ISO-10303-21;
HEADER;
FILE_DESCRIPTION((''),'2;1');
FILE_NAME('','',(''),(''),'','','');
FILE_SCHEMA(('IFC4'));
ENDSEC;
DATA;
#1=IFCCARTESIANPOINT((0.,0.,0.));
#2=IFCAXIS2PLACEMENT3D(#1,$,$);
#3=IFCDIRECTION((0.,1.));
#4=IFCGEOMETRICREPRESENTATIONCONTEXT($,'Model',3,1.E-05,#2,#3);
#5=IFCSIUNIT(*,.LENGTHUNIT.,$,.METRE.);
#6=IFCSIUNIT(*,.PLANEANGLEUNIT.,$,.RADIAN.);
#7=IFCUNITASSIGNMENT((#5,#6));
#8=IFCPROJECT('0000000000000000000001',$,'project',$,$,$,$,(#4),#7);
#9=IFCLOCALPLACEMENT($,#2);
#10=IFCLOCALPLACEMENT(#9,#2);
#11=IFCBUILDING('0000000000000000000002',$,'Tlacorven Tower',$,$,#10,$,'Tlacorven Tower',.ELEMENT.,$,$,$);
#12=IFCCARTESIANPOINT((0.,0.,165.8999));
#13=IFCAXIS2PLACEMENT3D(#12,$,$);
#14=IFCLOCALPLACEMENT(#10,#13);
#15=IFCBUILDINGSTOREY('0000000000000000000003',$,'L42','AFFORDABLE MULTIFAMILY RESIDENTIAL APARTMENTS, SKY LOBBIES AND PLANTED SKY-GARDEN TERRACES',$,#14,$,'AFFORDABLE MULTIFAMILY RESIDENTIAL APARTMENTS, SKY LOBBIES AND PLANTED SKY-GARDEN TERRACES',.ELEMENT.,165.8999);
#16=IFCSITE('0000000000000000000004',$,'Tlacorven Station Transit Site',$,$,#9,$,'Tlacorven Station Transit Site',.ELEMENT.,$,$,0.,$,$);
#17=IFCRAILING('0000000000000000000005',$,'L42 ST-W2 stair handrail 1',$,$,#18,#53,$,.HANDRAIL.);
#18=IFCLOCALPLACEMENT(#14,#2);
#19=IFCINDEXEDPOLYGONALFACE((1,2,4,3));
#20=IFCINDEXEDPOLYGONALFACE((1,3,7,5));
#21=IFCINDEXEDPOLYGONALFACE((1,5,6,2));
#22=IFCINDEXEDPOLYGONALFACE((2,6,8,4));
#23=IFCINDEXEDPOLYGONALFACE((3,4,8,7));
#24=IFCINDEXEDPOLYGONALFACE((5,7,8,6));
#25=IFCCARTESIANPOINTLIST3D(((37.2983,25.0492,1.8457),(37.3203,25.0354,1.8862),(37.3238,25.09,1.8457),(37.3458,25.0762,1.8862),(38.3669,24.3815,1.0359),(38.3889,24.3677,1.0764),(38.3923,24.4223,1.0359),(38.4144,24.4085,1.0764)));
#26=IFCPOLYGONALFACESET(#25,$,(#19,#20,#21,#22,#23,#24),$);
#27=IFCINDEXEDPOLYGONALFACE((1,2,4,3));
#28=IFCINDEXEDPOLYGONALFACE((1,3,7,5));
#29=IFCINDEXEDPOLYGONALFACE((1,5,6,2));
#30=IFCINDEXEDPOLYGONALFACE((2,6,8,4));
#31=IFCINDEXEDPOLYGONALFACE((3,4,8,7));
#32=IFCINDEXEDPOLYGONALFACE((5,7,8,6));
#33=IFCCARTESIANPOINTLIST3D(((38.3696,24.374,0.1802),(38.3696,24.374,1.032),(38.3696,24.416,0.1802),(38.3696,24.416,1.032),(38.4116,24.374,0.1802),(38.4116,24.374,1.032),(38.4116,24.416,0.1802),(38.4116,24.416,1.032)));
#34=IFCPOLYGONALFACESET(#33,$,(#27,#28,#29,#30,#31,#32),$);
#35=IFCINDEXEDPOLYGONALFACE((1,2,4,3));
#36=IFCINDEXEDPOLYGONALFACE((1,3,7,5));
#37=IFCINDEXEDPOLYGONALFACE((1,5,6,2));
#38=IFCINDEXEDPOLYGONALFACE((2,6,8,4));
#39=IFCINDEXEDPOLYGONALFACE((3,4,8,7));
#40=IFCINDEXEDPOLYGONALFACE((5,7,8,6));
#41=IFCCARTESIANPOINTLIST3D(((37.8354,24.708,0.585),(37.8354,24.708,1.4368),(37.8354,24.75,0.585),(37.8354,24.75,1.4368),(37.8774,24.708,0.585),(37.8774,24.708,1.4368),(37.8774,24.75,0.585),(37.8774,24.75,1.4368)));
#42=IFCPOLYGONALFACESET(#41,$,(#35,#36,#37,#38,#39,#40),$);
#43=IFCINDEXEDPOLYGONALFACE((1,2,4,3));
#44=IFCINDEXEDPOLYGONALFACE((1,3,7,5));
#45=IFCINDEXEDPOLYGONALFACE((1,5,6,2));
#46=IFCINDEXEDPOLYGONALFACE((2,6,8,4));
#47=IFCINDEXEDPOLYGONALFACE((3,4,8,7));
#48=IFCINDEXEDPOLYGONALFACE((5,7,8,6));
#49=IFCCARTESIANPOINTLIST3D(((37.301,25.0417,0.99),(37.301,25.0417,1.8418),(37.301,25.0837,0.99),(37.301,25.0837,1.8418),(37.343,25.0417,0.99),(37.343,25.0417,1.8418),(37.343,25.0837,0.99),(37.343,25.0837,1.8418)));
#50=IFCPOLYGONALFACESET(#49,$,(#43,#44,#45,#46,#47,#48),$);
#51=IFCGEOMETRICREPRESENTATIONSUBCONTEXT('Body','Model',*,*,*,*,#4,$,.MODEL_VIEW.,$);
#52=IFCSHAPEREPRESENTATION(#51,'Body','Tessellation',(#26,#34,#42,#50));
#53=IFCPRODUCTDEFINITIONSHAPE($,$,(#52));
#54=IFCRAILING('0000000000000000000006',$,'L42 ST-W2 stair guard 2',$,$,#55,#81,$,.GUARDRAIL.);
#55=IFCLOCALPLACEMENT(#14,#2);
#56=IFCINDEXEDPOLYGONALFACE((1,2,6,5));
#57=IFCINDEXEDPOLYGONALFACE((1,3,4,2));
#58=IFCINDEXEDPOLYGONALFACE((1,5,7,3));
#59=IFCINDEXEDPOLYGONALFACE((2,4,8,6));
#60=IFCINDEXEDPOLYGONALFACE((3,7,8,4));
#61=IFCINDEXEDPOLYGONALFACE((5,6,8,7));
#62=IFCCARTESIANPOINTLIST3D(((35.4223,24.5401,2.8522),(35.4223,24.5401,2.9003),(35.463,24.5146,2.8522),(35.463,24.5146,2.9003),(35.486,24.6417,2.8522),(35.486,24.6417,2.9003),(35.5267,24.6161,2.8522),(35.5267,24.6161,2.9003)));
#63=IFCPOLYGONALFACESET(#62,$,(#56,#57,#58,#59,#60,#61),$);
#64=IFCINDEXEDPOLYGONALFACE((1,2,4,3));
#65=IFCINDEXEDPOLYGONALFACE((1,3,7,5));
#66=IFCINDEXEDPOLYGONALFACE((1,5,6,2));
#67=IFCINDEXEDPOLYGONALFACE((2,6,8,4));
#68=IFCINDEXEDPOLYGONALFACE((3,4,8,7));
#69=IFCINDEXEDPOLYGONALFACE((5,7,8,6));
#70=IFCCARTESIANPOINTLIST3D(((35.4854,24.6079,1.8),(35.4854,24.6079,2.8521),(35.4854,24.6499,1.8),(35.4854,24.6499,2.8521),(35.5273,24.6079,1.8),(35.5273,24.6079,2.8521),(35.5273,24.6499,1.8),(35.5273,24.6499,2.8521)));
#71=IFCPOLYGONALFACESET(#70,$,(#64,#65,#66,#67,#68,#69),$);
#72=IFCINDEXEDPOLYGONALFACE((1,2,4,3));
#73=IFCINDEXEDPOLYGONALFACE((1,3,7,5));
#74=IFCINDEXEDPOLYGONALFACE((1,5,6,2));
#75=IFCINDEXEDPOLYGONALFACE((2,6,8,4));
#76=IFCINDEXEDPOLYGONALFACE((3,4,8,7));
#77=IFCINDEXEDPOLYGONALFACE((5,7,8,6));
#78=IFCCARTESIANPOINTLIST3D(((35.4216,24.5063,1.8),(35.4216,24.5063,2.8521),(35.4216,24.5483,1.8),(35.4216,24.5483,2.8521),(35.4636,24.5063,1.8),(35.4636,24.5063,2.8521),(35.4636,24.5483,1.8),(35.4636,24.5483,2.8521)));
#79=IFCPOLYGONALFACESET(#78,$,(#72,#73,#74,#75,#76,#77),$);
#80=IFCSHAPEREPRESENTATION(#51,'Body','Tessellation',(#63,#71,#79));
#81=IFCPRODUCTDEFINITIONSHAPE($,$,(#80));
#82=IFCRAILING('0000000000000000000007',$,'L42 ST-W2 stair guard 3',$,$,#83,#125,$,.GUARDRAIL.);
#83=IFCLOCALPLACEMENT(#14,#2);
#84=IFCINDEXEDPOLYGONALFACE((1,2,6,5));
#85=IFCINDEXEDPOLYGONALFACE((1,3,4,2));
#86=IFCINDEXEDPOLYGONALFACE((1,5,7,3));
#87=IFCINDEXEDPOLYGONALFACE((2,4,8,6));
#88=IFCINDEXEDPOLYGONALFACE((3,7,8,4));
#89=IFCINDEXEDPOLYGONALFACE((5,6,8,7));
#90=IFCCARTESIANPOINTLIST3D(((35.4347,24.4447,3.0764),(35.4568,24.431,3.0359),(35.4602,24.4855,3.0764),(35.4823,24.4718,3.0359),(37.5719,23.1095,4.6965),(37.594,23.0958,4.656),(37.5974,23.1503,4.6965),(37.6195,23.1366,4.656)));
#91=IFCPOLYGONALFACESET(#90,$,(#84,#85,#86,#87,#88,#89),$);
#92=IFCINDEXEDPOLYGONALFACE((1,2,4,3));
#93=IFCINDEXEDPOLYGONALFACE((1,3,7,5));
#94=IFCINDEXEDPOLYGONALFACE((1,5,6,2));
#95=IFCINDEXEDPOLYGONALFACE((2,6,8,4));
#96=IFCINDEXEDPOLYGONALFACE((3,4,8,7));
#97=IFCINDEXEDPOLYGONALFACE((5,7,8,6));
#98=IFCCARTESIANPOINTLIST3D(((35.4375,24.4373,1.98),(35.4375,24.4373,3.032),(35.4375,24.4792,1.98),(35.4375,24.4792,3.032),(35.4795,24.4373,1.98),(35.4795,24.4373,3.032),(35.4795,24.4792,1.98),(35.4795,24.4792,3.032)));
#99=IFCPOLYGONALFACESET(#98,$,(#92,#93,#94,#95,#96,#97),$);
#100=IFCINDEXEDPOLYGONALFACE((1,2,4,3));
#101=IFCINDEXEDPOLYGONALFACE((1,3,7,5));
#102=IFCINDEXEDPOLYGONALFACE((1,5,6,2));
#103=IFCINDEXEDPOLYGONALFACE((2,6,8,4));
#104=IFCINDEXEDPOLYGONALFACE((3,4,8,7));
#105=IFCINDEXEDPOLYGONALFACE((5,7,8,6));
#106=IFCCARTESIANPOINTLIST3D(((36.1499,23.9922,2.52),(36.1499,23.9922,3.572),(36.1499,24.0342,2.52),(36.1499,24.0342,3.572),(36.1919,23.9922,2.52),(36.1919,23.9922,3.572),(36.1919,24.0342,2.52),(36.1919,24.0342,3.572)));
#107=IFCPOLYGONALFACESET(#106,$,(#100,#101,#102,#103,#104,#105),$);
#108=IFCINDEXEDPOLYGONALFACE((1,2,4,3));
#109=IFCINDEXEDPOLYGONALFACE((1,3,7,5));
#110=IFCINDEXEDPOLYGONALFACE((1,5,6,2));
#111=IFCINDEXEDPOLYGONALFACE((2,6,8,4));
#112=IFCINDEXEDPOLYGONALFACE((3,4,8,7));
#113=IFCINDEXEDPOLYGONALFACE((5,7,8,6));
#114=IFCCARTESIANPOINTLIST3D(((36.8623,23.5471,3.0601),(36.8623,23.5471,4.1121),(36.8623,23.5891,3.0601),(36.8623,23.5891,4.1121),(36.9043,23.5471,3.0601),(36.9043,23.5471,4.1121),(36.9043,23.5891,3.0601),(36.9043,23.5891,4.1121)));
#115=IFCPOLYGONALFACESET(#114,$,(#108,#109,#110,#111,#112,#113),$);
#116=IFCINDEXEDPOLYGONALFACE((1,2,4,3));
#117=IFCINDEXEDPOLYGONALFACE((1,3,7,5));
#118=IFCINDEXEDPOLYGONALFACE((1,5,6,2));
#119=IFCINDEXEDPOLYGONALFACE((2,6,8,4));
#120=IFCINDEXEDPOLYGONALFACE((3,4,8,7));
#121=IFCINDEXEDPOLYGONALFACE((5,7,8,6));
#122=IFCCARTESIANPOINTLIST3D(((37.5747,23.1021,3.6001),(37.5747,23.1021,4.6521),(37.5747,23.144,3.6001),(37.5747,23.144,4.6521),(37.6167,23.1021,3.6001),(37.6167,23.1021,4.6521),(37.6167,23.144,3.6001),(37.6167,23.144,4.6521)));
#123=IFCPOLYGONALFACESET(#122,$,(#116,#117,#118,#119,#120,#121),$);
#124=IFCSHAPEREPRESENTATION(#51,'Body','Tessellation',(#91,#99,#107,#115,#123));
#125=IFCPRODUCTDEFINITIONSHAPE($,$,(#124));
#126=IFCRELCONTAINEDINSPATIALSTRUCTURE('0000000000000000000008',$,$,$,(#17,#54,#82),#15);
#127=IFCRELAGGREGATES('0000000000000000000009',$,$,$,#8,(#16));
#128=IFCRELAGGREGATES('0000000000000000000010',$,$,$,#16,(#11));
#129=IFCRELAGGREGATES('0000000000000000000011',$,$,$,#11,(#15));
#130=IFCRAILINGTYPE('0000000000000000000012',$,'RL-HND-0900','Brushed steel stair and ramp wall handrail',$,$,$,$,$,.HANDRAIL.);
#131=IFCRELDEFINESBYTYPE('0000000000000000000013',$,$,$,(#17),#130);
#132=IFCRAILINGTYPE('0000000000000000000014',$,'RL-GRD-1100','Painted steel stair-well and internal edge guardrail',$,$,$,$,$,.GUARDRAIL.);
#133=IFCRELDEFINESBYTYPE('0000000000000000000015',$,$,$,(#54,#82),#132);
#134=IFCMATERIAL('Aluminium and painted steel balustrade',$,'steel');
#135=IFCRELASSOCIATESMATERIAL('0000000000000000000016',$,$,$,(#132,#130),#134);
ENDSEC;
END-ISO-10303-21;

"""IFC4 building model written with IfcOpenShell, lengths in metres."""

from ifc_helpers import new_model, si_unit, direction, frame, origin, origin_2d, place, context, subcontext, project, spatial, rectangle, extrude, source, transform, mapped, material, type_object, element, save


model = new_model("IFC4")

# Units and contexts
model_context = context("Model", 3, precision=1e-05, world=origin(), true_north=direction((0.0, 1.0)))
body_context = subcontext(model_context, "Body", "Model", "MODEL_VIEW")
ifc_project = project(units=[si_unit("LENGTHUNIT", "METRE"), si_unit("PLANEANGLEUNIT", "RADIAN")], contexts=[model_context])

# Site, building, storey
site_placement = place(None, origin())
site = spatial("IfcSite", under=ifc_project, at=site_placement, Name="Tlacorven Station Transit Site", LongName="Tlacorven Station Transit Site", CompositionType="ELEMENT", RefElevation=0.0)
building_placement = place(site_placement, origin())
building = spatial("IfcBuilding", under=site, at=building_placement, Name="Tlacorven Tower", LongName="Tlacorven Tower", CompositionType="ELEMENT")
storey_placement = place(building_placement, frame((0.0, 0.0, 165.8999)))
storey = spatial("IfcBuildingStorey", under=building, at=storey_placement, Name="L42", Description="AFFORDABLE MULTIFAMILY RESIDENTIAL APARTMENTS, SKY LOBBIES AND PLANTED SKY-GARDEN TERRACES", LongName="AFFORDABLE MULTIFAMILY RESIDENTIAL APARTMENTS, SKY LOBBIES AND PLANTED SKY-GARDEN TERRACES", CompositionType="ELEMENT", Elevation=165.8999)

# Railings
ifc_material_1 = material(Name="Aluminium and painted steel balustrade", Category="steel")
railing_type_1 = type_object("IfcRailingType", Name="RL-GRD-1100", Description="Painted steel stair-well and internal edge guardrail", PredefinedType="GUARDRAIL", material=ifc_material_1)
railing_type_2 = type_object("IfcRailingType", Name="RL-HND-0900", Description="Brushed steel stair and ramp wall handrail", PredefinedType="HANDRAIL", material=ifc_material_1)
shared_shape_1 = source(origin(), body_context, "Body", "SweptSolid", [
    extrude(rectangle(XDim=0.0481, YDim=0.0481, at=origin_2d()), frame((0.0, 0.0, 0.876), z_axis=(-0.713423, 0.445787, 0.540649), x_axis=(-0.529912, -0.848053, 0.0)), (0.0, 0.0, 1.0), 1.4978),
    extrude(rectangle(XDim=0.042, YDim=0.042, at=origin_2d()), origin(), (0.0, 0.0, 1.0), 0.8518),
    extrude(rectangle(XDim=0.042, YDim=0.042, at=origin_2d()), frame((-0.5342, 0.334, 0.4048)), (0.0, 0.0, 1.0), 0.8518),
    extrude(rectangle(XDim=0.042, YDim=0.042, at=origin_2d()), frame((-1.0686, 0.6677, 0.8098)), (0.0, 0.0, 1.0), 0.8518),
])
railing_1_placement = place(storey_placement, frame((38.3906, 24.395, 0.1802)))
element("IfcRailing", 1, at=railing_1_placement, inside=storey, type_object=railing_type_2, Name="L42 ST-W2 stair handrail 1", PredefinedType="HANDRAIL", context=body_context, shape_type="MappedRepresentation", body=[
    mapped(shared_shape_1, transform((0.0, 0.0, 0.0), scale=1.0)),
])
shared_shape_2 = source(origin(), body_context, "Body", "SweptSolid", [
    extrude(rectangle(XDim=0.0481, YDim=0.0481, at=origin_2d()), frame((0.0, 0.0, 1.0762), z_axis=(-0.531462, -0.847082, 0.0), x_axis=(0.847082, -0.531462, 0.0)), (0.0, 0.0, 1.0), 0.1199),
    extrude(rectangle(XDim=0.042, YDim=0.042, at=origin_2d()), origin(), (0.0, 0.0, 1.0), 1.052),
    extrude(rectangle(XDim=0.042, YDim=0.042, at=origin_2d()), frame((-0.0637, -0.1016, 0.0)), (0.0, 0.0, 1.0), 1.052),
])
railing_2_placement = place(storey_placement, frame((35.5063, 24.6289, 1.8)))
element("IfcRailing", 2, at=railing_2_placement, inside=storey, type_object=railing_type_1, Name="L42 ST-W2 stair guard 2", PredefinedType="GUARDRAIL", context=body_context, shape_type="MappedRepresentation", body=[
    mapped(shared_shape_2, transform((0.0, 0.0, 0.0), scale=1.0)),
])
shared_shape_3 = source(origin(), body_context, "Body", "SweptSolid", [
    extrude(rectangle(XDim=0.0481, YDim=0.0481, at=origin_2d()), frame((0.0, 0.0, 1.0762), z_axis=(0.713386, -0.445683, 0.540784), x_axis=(0.529842, 0.848096, 0.0)), (0.0, 0.0, 1.0), 2.9958),
    extrude(rectangle(XDim=0.042, YDim=0.042, at=origin_2d()), origin(), (0.0, 0.0, 1.0), 1.052),
    extrude(rectangle(XDim=0.042, YDim=0.042, at=origin_2d()), frame((0.7124, -0.4451, 0.54)), (0.0, 0.0, 1.0), 1.052),
    extrude(rectangle(XDim=0.042, YDim=0.042, at=origin_2d()), frame((1.4248, -0.8901, 1.0801)), (0.0, 0.0, 1.0), 1.052),
    extrude(rectangle(XDim=0.042, YDim=0.042, at=origin_2d()), frame((2.1372, -1.3352, 1.6201)), (0.0, 0.0, 1.0), 1.052),
])
railing_3_placement = place(storey_placement, frame((35.4585, 24.4583, 1.98)))
element("IfcRailing", 3, at=railing_3_placement, inside=storey, type_object=railing_type_1, Name="L42 ST-W2 stair guard 3", PredefinedType="GUARDRAIL", context=body_context, shape_type="MappedRepresentation", body=[
    mapped(shared_shape_3, transform((0.0, 0.0, 0.0), scale=1.0)),
])

save(model, "model.ifc")
